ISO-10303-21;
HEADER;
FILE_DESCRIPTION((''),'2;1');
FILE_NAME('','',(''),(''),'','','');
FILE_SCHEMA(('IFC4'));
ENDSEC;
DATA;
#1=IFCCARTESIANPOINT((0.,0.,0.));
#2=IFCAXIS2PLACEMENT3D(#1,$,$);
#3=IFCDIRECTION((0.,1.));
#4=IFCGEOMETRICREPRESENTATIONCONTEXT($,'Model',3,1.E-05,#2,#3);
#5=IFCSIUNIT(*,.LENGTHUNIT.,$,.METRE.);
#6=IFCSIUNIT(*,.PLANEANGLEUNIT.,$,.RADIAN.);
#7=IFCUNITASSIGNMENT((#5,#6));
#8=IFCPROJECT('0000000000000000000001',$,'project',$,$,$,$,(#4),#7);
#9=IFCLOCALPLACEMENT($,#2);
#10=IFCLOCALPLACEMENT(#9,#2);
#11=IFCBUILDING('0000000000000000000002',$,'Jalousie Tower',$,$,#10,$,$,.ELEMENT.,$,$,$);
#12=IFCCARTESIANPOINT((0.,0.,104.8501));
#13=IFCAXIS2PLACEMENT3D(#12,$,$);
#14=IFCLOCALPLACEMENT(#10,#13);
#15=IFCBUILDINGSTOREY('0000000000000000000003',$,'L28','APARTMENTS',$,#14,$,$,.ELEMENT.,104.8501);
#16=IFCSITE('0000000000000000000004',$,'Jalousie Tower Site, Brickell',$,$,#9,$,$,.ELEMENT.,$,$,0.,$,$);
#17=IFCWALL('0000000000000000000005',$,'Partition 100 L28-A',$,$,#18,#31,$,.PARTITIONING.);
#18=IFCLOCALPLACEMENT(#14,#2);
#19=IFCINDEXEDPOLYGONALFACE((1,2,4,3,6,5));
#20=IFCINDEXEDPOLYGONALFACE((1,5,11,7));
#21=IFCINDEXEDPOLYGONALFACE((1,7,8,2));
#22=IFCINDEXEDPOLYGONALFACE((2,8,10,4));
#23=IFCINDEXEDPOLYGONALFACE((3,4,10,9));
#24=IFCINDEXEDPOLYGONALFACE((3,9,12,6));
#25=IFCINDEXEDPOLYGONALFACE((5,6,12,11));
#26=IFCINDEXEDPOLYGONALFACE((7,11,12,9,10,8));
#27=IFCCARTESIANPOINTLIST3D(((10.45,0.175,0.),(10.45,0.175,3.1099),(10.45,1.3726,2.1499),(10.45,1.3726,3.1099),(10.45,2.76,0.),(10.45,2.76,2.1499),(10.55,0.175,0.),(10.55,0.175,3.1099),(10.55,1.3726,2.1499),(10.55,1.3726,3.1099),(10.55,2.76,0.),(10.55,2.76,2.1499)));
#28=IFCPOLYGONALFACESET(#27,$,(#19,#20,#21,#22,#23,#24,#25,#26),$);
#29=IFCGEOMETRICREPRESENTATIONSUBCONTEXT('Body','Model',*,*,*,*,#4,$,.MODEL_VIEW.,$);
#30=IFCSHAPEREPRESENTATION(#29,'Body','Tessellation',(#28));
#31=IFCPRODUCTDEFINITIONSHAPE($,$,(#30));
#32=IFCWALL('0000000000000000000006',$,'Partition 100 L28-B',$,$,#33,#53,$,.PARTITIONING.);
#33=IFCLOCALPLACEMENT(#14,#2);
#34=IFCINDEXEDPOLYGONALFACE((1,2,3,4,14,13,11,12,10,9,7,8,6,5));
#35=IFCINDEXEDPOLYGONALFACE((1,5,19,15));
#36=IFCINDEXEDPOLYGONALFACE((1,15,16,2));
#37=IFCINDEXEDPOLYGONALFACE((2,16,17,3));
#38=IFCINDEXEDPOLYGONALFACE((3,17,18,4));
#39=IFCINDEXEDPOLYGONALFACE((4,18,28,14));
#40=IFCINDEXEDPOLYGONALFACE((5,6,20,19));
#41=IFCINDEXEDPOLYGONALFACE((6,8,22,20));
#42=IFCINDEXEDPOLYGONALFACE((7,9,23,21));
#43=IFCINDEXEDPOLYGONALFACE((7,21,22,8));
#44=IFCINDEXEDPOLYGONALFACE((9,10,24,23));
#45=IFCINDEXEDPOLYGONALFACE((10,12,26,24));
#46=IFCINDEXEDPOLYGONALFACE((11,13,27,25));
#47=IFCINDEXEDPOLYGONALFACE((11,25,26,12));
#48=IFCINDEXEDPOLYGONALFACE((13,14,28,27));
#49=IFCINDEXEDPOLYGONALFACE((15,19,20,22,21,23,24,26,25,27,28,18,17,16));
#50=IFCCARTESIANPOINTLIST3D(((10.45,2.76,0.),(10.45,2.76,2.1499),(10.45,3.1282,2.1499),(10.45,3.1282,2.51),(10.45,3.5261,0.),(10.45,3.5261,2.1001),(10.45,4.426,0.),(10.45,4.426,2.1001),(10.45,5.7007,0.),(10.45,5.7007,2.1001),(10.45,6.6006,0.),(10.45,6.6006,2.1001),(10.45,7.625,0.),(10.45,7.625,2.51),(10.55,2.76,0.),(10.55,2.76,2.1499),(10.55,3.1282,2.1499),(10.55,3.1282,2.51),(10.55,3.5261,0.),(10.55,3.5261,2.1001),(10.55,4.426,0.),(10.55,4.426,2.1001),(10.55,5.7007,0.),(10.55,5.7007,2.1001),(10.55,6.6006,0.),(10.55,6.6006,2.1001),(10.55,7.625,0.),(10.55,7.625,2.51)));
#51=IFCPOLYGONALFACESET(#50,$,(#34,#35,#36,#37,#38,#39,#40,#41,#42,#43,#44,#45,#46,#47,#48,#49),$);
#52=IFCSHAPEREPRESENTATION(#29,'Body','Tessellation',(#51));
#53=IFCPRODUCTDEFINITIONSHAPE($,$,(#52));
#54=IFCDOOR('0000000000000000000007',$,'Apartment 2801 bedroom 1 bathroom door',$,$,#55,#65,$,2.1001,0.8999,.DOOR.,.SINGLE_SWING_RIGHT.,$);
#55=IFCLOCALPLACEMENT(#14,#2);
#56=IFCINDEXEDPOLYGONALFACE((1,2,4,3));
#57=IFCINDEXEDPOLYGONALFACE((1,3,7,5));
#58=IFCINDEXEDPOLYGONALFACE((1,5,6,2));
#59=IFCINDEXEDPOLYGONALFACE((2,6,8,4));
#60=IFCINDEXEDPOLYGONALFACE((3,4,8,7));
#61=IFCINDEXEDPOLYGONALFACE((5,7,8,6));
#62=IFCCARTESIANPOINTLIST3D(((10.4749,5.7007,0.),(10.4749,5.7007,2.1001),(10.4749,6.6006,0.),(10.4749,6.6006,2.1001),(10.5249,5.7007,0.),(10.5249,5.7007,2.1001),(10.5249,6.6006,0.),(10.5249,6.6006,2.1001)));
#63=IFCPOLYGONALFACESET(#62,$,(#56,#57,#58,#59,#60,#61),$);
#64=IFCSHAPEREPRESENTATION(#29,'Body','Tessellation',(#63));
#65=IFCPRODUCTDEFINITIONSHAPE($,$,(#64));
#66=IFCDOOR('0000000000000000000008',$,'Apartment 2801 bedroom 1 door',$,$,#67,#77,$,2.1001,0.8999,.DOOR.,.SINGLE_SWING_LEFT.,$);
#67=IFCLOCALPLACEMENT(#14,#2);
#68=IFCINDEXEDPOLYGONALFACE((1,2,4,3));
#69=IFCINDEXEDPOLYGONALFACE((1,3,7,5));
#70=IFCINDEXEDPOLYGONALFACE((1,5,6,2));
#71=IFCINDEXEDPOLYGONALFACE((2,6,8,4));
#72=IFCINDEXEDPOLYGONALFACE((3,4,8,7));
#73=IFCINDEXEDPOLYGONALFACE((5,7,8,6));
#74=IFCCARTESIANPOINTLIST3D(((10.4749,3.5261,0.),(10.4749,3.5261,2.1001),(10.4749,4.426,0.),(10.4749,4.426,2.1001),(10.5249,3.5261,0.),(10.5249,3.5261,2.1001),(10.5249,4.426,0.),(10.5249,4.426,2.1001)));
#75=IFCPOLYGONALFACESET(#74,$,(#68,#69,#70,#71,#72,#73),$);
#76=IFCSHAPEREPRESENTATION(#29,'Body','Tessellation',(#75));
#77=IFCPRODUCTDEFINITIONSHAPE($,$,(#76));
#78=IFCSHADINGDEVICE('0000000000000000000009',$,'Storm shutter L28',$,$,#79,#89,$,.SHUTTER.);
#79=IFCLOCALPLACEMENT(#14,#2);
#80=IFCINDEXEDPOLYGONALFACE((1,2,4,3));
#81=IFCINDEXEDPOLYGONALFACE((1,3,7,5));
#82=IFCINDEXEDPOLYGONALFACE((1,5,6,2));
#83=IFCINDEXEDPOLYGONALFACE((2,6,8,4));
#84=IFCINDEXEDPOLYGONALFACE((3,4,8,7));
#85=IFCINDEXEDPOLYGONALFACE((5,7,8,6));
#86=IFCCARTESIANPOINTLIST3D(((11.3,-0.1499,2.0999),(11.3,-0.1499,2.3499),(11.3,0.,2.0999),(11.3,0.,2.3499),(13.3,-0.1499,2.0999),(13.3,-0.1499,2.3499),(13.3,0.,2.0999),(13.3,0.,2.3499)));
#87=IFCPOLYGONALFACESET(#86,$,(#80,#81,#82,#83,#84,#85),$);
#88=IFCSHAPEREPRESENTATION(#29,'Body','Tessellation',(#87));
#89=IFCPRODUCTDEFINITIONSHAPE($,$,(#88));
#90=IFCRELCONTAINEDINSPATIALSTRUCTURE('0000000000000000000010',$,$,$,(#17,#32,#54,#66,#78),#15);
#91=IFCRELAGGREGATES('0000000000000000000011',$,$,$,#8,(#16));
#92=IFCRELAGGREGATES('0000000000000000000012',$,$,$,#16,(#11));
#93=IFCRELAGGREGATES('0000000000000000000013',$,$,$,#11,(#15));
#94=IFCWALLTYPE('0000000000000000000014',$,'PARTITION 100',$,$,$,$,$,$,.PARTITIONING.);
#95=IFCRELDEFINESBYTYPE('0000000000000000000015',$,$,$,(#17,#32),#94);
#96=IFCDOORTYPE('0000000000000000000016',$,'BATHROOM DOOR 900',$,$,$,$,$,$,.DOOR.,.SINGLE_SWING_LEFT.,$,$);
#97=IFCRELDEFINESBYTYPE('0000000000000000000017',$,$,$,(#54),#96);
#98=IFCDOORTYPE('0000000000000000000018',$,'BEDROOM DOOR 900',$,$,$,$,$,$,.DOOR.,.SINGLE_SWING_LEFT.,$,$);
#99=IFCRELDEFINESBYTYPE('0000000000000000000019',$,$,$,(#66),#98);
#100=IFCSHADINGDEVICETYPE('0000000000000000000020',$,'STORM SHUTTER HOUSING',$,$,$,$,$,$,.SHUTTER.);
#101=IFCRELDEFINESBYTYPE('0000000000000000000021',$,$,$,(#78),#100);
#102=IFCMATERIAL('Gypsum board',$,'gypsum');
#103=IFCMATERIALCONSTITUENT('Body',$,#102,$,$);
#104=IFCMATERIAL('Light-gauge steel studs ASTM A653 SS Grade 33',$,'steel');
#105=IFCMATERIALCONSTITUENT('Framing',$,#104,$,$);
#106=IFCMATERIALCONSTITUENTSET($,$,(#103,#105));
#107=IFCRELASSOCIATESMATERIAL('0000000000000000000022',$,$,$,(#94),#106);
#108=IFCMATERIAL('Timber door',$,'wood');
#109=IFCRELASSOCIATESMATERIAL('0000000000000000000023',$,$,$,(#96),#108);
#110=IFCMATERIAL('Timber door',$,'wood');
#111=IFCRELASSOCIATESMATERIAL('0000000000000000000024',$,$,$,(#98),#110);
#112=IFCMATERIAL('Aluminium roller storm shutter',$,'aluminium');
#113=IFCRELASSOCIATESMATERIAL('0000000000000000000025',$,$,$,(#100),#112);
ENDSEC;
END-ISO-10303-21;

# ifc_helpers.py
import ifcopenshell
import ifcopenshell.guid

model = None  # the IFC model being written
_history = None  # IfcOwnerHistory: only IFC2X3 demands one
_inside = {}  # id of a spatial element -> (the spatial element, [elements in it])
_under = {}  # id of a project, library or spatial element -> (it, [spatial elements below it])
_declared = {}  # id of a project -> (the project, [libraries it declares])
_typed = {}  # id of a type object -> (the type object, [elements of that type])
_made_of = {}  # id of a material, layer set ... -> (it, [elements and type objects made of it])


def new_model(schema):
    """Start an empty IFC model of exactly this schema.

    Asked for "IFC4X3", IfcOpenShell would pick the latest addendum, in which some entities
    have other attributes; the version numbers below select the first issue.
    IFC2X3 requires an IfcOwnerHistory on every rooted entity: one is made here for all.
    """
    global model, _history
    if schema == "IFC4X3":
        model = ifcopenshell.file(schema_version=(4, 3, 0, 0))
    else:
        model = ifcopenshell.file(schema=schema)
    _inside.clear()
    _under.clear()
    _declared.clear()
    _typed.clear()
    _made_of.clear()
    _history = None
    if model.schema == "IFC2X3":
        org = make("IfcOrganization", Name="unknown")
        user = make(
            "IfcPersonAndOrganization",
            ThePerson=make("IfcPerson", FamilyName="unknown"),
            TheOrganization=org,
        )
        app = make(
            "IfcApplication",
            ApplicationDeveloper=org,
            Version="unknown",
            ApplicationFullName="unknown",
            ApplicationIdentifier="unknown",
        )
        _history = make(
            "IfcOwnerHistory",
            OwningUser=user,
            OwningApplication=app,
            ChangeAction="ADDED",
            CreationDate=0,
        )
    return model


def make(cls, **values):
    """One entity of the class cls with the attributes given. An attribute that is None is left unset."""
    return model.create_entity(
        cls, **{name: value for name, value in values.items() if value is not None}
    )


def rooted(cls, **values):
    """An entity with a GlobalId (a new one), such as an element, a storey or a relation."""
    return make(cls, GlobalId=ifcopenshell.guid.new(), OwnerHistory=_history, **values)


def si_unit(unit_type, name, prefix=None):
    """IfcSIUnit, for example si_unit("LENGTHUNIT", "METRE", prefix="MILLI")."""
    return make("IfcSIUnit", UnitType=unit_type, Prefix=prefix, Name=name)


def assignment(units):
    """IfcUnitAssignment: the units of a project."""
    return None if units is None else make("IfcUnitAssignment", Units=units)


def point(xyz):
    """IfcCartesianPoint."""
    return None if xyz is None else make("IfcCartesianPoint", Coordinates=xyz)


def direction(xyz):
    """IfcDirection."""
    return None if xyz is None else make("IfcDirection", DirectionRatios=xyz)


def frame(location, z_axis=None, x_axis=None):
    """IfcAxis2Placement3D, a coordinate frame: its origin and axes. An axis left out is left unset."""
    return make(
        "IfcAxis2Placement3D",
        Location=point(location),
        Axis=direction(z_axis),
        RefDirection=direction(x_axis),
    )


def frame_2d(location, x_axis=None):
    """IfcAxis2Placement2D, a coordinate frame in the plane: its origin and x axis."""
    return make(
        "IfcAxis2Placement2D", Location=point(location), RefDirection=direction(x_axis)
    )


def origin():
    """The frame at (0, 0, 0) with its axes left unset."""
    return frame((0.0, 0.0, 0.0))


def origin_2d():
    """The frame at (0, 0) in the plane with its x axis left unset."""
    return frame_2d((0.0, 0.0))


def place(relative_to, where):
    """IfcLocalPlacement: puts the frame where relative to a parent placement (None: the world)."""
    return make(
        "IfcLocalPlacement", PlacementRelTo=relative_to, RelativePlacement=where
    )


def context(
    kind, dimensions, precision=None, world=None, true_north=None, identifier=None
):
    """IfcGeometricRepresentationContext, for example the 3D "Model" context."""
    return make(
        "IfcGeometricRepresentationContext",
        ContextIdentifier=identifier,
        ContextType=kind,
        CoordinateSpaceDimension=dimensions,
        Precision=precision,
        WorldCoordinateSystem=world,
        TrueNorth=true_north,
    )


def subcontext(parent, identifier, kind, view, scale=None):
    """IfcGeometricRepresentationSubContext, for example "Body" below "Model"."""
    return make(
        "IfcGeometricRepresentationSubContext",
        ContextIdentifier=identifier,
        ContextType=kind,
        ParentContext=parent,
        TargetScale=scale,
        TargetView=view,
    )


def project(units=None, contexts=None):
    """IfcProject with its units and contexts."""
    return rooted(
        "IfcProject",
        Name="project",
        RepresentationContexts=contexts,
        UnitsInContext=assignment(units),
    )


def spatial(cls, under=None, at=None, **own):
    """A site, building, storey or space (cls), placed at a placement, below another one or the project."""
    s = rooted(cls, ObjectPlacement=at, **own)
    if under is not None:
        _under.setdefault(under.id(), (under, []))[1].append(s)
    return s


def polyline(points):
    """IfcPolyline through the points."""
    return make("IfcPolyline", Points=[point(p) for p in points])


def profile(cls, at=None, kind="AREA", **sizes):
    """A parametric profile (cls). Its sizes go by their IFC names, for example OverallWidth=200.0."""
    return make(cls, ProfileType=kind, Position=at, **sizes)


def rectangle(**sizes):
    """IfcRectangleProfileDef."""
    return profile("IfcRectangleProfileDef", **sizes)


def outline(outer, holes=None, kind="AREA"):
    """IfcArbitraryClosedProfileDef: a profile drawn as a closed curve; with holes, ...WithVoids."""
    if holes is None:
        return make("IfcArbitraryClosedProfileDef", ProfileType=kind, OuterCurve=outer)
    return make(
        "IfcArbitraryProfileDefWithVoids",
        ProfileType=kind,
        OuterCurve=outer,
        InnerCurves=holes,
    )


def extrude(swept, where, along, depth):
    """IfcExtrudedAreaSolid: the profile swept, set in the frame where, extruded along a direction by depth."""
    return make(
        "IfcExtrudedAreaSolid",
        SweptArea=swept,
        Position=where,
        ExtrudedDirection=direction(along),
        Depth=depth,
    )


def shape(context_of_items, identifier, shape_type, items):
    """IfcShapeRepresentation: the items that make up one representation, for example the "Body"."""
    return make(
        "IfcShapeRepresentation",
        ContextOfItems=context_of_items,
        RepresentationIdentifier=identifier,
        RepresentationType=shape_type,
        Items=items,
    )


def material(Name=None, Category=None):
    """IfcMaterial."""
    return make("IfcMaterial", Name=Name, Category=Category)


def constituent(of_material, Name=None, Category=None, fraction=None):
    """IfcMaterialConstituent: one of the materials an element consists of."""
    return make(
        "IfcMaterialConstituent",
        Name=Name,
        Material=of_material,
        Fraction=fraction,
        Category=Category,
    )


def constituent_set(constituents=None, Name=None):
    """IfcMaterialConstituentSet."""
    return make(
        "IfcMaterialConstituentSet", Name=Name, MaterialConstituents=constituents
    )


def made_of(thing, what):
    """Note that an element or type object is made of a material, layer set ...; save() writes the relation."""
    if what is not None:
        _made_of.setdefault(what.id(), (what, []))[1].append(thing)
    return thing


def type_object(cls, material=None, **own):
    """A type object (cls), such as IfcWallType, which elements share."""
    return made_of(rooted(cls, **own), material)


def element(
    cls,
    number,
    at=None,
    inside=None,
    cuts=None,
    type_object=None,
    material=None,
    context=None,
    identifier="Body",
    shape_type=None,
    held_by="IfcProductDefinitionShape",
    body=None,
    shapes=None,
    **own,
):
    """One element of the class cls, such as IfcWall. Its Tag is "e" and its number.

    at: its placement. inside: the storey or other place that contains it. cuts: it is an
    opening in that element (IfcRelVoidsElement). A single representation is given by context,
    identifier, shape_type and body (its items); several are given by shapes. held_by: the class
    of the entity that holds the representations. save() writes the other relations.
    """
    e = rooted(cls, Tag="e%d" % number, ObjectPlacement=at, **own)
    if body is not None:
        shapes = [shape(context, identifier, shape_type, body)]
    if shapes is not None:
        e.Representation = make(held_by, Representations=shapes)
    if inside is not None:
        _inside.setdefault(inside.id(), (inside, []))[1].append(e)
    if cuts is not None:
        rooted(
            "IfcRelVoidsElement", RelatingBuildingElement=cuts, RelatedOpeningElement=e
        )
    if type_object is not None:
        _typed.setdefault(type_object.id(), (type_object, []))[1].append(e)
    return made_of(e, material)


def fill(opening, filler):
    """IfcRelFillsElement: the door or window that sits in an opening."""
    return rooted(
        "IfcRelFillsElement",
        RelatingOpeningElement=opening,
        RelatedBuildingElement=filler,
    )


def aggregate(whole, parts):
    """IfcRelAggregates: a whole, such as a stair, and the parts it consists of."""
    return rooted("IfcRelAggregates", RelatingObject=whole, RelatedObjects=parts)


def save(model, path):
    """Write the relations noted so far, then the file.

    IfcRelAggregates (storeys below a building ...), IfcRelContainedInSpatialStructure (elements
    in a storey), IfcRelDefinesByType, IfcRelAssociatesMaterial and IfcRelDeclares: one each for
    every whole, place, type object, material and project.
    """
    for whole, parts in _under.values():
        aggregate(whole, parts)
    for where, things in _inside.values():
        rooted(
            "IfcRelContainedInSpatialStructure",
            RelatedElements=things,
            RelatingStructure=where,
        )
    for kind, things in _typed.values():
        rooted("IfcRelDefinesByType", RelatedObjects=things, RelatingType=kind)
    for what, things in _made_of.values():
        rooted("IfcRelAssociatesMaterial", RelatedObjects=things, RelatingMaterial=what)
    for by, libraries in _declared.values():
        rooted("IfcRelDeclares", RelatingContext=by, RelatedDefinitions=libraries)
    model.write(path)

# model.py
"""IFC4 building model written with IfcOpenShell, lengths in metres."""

from ifc_helpers import new_model, si_unit, direction, frame, frame_2d, origin, origin_2d, place, context, subcontext, project, spatial, polyline, rectangle, outline, extrude, material, constituent, constituent_set, type_object, element, fill, save


model = new_model("IFC4")

# Units and contexts
model_context = context("Model", 3, precision=1e-05, world=origin(), true_north=direction((0.0, 1.0)))
body_context = subcontext(model_context, "Body", "Model", "MODEL_VIEW")
ifc_project = project(units=[si_unit("LENGTHUNIT", "METRE"), si_unit("PLANEANGLEUNIT", "RADIAN")], contexts=[model_context])

# Site, building, storey
site_placement = place(None, origin())
site = spatial("IfcSite", under=ifc_project, at=site_placement, Name="Jalousie Tower Site, Brickell", CompositionType="ELEMENT", RefElevation=0.0)
building_placement = place(site_placement, origin())
building = spatial("IfcBuilding", under=site, at=building_placement, Name="Jalousie Tower", CompositionType="ELEMENT")
storey_placement = place(building_placement, frame((0.0, 0.0, 104.8501)))
storey = spatial("IfcBuildingStorey", under=building, at=storey_placement, Name="L28", Description="APARTMENTS", CompositionType="ELEMENT", Elevation=104.8501)

# Wall
ifc_material_1 = material(Name="Gypsum board", Category="gypsum")
ifc_constituent_1 = constituent(ifc_material_1, Name="Body")
ifc_material_2 = material(Name="Light-gauge steel studs ASTM A653 SS Grade 33", Category="steel")
ifc_constituent_2 = constituent(ifc_material_2, Name="Framing")
ifc_constituent_set_1 = constituent_set(constituents=[ifc_constituent_1, ifc_constituent_2])
wall_type_1 = type_object("IfcWallType", Name="PARTITION 100", PredefinedType="PARTITIONING", material=ifc_constituent_set_1)
wall_1_placement = place(storey_placement, frame((10.5, 0.175, 0.0), z_axis=(0.0, 0.0, 1.0), x_axis=(0.0, 1.0, 0.0)))
element("IfcWall", 1, at=wall_1_placement, inside=storey, type_object=wall_type_1, Name="Partition 100 L28-A", PredefinedType="PARTITIONING", context=body_context, shape_type="SweptSolid", body=[
    extrude(outline(polyline([(0.0, 0.0), (2.585, 0.0), (2.585, 2.1499), (1.1975, 2.1499), (1.1975, 3.1099), (0.0, 3.1099), (0.0, 0.0)])), frame((0.0, 0.05, 0.0), z_axis=(0.0, -1.0, 0.0), x_axis=(1.0, 0.0, 0.0)), (0.0, 0.0, 1.0), 0.1001),
])

# Wall, openings, doors
wall_2_placement = place(storey_placement, frame((10.5, 2.76, 0.0), z_axis=(0.0, 0.0, 1.0), x_axis=(0.0, 1.0, 0.0)))
wall_2 = element("IfcWall", 2, at=wall_2_placement, inside=storey, type_object=wall_type_1, Name="Partition 100 L28-B", PredefinedType="PARTITIONING", context=body_context, shape_type="SweptSolid", body=[
    extrude(outline(polyline([(0.0, 0.0), (4.865, 0.0), (4.865, 2.51), (0.3682, 2.51), (0.3682, 2.1499), (0.0, 2.1499), (0.0, 0.0)])), frame((0.0, 0.05, 0.0), z_axis=(0.0, -1.0, 0.0), x_axis=(1.0, 0.0, 0.0)), (0.0, 0.0, 1.0), 0.1001),
])
opening_1_placement = place(wall_2_placement, frame((0.7661, 0.0, 0.0)))
opening_1 = element("IfcOpeningElement", 3, at=opening_1_placement, cuts=wall_2, PredefinedType="OPENING", context=body_context, shape_type="SweptSolid", body=[
    extrude(rectangle(XDim=0.8999, YDim=2.1001, at=frame_2d((0.45, 1.05))), frame((0.0, 0.0601, 0.0), z_axis=(0.0, -1.0, 0.0), x_axis=(1.0, 0.0, 0.0)), (0.0, 0.0, 1.0), 0.1201),
])
opening_2_placement = place(wall_2_placement, frame((2.9407, 0.0, 0.0)))
opening_2 = element("IfcOpeningElement", 4, at=opening_2_placement, cuts=wall_2, PredefinedType="OPENING", context=body_context, shape_type="SweptSolid", body=[
    extrude(rectangle(XDim=0.8999, YDim=2.1001, at=frame_2d((0.45, 1.05))), frame((0.0, 0.0601, 0.0), z_axis=(0.0, -1.0, 0.0), x_axis=(1.0, 0.0, 0.0)), (0.0, 0.0, 1.0), 0.1201),
])
ifc_material_3 = material(Name="Timber door", Category="wood")
door_type_1 = type_object("IfcDoorType", Name="BATHROOM DOOR 900", OperationType="SINGLE_SWING_LEFT", PredefinedType="DOOR", material=ifc_material_3)
door_1_placement = place(opening_2_placement, frame((0.8999, 0.0, 0.0), z_axis=(0.0, 0.0, 1.0), x_axis=(-1.0, 0.0, 0.0)))
door_1 = element("IfcDoor", 5, at=door_1_placement, inside=storey, type_object=door_type_1, Name="Apartment 2801 bedroom 1 bathroom door", OperationType="SINGLE_SWING_RIGHT", OverallHeight=2.1001, OverallWidth=0.8999, PredefinedType="DOOR", context=body_context, shape_type="SweptSolid", body=[
    extrude(rectangle(XDim=0.8999, YDim=2.1001, at=frame_2d((0.45, 1.05))), frame((0.0, 0.0249, 0.0), z_axis=(0.0, -1.0, 0.0), x_axis=(1.0, 0.0, 0.0)), (0.0, 0.0, 1.0), 0.05),
])
fill(opening_2, door_1)
ifc_material_4 = material(Name="Timber door", Category="wood")
door_type_2 = type_object("IfcDoorType", Name="BEDROOM DOOR 900", OperationType="SINGLE_SWING_LEFT", PredefinedType="DOOR", material=ifc_material_4)
door_2_placement = place(opening_1_placement, frame((0.8999, 0.0, 0.0), z_axis=(0.0, 0.0, 1.0), x_axis=(-1.0, 0.0, 0.0)))
door_2 = element("IfcDoor", 6, at=door_2_placement, inside=storey, type_object=door_type_2, Name="Apartment 2801 bedroom 1 door", OperationType="SINGLE_SWING_LEFT", OverallHeight=2.1001, OverallWidth=0.8999, PredefinedType="DOOR", context=body_context, shape_type="SweptSolid", body=[
    extrude(rectangle(XDim=0.8999, YDim=2.1001, at=frame_2d((0.45, 1.05))), frame((0.0, 0.0249, 0.0), z_axis=(0.0, -1.0, 0.0), x_axis=(1.0, 0.0, 0.0)), (0.0, 0.0, 1.0), 0.05),
])
fill(opening_1, door_2)

# Shading device
ifc_material_5 = material(Name="Aluminium roller storm shutter", Category="aluminium")
shading_device_type = type_object("IfcShadingDeviceType", Name="STORM SHUTTER HOUSING", PredefinedType="SHUTTER", material=ifc_material_5)
shading_device_placement = place(storey_placement, frame((12.3, -0.075, 2.0999), z_axis=(0.0, 0.0, 1.0), x_axis=(1.0, 0.0, 0.0)))
element("IfcShadingDevice", 7, at=shading_device_placement, inside=storey, type_object=shading_device_type, Name="Storm shutter L28", PredefinedType="SHUTTER", context=body_context, shape_type="SweptSolid", body=[
    extrude(rectangle(XDim=2.0, YDim=0.1499, at=origin_2d()), origin(), (0.0, 0.0, 1.0), 0.25),
])

save(model, "model.ifc")
